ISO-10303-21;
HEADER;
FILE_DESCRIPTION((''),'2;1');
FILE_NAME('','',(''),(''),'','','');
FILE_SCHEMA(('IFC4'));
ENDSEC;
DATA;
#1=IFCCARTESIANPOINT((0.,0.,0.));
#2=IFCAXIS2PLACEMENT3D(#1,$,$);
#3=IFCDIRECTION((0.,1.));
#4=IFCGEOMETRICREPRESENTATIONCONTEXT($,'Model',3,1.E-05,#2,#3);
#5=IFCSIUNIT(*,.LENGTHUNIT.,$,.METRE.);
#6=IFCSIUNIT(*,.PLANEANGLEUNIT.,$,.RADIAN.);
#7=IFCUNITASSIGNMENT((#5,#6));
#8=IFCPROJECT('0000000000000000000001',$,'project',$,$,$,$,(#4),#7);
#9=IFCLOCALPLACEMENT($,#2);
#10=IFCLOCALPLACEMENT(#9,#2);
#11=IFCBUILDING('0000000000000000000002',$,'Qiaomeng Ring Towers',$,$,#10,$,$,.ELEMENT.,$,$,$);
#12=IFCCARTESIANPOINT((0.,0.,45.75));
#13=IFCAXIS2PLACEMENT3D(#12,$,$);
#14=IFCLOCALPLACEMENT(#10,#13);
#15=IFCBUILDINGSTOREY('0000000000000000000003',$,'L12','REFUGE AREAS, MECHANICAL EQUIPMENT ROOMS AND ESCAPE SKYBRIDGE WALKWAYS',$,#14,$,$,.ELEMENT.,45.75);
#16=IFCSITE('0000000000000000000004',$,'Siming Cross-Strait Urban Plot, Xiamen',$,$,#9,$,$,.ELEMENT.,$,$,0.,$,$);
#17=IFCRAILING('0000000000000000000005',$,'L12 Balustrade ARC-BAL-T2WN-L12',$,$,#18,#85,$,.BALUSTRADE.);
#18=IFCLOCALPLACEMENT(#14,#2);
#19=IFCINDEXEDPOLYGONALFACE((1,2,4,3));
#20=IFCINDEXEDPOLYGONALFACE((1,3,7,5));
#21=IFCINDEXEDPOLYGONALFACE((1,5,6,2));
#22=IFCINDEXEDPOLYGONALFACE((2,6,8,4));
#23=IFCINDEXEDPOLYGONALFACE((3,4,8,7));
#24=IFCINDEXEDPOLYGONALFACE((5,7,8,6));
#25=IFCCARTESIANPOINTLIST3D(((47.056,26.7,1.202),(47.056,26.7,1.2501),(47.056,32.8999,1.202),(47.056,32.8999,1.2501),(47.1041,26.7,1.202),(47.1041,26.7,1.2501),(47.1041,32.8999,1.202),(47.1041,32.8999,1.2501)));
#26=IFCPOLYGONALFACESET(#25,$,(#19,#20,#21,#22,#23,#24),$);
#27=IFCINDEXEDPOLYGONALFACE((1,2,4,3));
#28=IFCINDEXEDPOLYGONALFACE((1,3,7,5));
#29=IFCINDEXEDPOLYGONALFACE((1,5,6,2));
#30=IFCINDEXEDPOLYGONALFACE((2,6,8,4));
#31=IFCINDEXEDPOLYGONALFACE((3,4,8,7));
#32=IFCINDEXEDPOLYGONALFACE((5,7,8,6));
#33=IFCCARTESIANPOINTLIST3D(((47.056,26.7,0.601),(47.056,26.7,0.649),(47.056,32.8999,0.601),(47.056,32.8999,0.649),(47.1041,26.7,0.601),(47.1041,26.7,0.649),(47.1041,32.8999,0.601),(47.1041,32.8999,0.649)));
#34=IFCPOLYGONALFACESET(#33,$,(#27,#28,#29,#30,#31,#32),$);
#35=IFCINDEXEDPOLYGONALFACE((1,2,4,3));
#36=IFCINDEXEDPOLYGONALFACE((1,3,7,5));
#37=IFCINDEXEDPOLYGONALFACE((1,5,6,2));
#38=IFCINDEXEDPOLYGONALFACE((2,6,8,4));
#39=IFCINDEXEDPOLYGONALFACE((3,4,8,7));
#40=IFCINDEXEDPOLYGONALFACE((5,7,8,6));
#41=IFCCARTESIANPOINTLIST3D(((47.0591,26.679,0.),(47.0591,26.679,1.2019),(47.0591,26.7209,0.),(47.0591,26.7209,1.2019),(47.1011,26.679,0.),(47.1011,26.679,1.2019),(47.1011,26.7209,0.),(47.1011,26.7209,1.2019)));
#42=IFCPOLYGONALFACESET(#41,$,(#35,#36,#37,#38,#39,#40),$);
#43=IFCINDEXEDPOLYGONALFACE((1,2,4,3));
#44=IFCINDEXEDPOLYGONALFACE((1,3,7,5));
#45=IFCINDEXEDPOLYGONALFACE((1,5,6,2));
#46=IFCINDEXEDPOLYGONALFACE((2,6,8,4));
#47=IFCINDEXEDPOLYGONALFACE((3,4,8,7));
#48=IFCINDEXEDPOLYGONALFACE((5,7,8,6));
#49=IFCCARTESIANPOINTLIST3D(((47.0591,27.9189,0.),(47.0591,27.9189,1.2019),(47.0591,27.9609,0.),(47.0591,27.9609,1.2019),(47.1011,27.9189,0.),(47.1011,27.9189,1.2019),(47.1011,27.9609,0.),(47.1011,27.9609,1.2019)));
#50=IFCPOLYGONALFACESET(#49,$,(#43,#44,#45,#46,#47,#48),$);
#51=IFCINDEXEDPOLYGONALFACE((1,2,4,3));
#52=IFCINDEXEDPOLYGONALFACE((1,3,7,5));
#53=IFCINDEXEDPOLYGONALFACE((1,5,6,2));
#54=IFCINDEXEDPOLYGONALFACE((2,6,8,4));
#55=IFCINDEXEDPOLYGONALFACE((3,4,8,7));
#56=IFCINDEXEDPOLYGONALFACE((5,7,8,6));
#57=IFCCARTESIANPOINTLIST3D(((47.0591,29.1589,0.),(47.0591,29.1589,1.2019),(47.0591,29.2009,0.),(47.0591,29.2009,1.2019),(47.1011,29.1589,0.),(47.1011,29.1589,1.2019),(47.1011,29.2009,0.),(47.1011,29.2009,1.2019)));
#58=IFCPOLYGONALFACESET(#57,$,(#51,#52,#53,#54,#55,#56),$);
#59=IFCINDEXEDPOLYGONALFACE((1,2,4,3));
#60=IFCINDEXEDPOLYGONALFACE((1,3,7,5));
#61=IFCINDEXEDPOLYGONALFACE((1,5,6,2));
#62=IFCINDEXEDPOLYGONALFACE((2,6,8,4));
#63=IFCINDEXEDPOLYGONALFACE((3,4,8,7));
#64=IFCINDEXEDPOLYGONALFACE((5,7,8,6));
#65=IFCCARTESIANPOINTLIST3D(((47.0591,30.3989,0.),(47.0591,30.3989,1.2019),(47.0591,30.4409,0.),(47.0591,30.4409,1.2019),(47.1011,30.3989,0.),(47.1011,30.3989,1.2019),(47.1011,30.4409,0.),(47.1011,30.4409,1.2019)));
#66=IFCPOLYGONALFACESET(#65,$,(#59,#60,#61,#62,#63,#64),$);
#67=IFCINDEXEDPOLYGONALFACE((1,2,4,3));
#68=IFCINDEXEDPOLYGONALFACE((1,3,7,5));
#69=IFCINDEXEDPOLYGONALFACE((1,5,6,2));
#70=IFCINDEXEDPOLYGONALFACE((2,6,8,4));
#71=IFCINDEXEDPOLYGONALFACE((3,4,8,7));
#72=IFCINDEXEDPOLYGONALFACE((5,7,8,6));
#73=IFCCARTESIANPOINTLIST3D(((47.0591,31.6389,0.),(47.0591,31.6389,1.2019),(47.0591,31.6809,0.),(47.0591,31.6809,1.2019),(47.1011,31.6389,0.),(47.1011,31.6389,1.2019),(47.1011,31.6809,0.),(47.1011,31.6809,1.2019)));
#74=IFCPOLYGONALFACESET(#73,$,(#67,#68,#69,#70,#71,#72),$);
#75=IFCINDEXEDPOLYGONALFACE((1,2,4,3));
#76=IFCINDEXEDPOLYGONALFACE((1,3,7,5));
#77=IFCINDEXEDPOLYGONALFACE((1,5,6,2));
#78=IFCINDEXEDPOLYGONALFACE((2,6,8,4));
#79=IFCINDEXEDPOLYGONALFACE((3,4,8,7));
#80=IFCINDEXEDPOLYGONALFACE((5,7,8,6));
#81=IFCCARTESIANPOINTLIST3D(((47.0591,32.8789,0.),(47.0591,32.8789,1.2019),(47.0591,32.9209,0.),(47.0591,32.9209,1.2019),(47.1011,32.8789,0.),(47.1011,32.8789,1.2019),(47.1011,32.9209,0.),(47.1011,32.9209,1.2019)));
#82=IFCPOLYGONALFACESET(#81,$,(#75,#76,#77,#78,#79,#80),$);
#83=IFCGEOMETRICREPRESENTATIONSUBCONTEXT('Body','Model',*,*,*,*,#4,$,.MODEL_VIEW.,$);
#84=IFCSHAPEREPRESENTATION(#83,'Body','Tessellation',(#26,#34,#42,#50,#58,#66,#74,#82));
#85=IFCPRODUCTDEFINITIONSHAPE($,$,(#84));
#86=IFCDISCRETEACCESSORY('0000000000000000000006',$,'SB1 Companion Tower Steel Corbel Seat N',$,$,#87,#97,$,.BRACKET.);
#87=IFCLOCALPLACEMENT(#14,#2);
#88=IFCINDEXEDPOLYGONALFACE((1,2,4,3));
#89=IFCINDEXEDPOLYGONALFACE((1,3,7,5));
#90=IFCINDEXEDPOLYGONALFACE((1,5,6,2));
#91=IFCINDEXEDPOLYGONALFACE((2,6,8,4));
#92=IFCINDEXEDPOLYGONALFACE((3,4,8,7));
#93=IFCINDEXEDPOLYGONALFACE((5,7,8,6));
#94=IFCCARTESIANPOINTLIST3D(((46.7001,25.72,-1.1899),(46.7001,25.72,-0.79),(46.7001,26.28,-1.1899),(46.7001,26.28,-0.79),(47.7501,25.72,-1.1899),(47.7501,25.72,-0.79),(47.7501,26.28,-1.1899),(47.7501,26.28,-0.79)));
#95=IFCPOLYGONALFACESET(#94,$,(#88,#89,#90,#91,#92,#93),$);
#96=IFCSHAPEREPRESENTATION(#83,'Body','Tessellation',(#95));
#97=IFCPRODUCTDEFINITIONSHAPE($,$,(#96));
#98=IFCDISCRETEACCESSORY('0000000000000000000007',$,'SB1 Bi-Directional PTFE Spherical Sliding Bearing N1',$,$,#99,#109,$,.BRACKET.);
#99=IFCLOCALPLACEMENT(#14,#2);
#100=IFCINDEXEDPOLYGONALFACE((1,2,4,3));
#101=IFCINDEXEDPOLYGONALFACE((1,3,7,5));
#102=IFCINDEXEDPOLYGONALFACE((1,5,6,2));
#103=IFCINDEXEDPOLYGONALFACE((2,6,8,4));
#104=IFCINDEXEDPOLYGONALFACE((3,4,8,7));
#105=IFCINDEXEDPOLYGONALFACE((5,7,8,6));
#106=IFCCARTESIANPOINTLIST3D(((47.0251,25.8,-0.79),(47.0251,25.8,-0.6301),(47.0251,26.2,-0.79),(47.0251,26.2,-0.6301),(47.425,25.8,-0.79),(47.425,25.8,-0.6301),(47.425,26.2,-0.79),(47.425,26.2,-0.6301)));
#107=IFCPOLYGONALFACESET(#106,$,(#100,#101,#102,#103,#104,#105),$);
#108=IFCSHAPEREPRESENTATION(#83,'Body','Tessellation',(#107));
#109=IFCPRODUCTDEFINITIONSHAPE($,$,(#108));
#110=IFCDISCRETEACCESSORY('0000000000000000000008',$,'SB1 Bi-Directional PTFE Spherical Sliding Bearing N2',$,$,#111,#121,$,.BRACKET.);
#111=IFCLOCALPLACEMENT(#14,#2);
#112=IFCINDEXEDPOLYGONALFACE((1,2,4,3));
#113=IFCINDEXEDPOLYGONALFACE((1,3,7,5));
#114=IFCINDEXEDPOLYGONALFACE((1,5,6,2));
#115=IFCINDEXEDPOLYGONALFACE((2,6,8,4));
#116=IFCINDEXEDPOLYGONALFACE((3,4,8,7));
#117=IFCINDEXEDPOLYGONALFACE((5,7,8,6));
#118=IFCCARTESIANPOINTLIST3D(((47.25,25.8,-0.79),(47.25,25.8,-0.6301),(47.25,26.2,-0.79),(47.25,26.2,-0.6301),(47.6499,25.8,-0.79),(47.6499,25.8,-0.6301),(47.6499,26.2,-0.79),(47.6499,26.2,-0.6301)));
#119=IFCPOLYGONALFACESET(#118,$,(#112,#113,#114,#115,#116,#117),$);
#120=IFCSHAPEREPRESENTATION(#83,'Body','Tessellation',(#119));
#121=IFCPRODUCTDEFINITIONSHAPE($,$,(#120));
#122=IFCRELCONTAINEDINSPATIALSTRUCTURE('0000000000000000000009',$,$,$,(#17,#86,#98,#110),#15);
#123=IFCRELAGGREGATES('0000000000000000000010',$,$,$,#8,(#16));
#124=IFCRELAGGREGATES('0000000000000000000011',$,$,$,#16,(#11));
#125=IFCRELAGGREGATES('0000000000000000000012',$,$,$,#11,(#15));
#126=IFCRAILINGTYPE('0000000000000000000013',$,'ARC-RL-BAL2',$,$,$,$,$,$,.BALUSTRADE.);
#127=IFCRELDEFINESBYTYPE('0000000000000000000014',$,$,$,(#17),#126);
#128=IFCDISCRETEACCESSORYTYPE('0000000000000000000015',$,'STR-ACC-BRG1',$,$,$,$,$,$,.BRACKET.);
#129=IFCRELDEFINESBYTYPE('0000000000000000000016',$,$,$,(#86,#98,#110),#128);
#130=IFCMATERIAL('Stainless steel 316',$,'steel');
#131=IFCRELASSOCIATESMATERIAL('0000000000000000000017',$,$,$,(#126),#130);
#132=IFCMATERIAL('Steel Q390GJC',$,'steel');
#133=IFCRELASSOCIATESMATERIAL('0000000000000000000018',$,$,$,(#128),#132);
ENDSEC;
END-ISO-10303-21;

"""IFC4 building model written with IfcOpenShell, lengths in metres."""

from ifc_helpers import new_model, si_unit, direction, frame, origin, origin_2d, place, context, subcontext, project, spatial, rectangle, extrude, source, transform, mapped, material, type_object, element, save


model = new_model("IFC4")

# Units and contexts
model_context = context("Model", 3, precision=1e-05, world=origin(), true_north=direction((0.0, 1.0)))
body_context = subcontext(model_context, "Body", "Model", "MODEL_VIEW")
ifc_project = project(units=[si_unit("LENGTHUNIT", "METRE"), si_unit("PLANEANGLEUNIT", "RADIAN")], contexts=[model_context])

# Site, building, storey
site_placement = place(None, origin())
site = spatial("IfcSite", under=ifc_project, at=site_placement, Name="Siming Cross-Strait Urban Plot, Xiamen", CompositionType="ELEMENT", RefElevation=0.0)
building_placement = place(site_placement, origin())
building = spatial("IfcBuilding", under=site, at=building_placement, Name="Qiaomeng Ring Towers", CompositionType="ELEMENT")
storey_placement = place(building_placement, frame((0.0, 0.0, 45.75)))
storey = spatial("IfcBuildingStorey", under=building, at=storey_placement, Name="L12", Description="REFUGE AREAS, MECHANICAL EQUIPMENT ROOMS AND ESCAPE SKYBRIDGE WALKWAYS", CompositionType="ELEMENT", Elevation=45.75)

# Shared definitions
ifc_material_1 = material(Name="Steel Q390GJC", Category="steel")

# Railing
ifc_material_2 = material(Name="Stainless steel 316", Category="steel")
railing_type_1 = type_object("IfcRailingType", Name="ARC-RL-BAL2", PredefinedType="BALUSTRADE", material=ifc_material_2)
railing_1_placement = place(storey_placement, frame((47.0801, 26.7, 0.0)))
element("IfcRailing", 1, at=railing_1_placement, inside=storey, type_object=railing_type_1, Name="L12 Balustrade ARC-BAL-T2WN-L12", PredefinedType="BALUSTRADE", context=body_context, shape_type="SweptSolid", body=[
    extrude(rectangle(XDim=0.0481, YDim=0.0481, at=origin_2d()), frame((0.0, 0.0, 1.2261), z_axis=(0.0, 1.0, 0.0), x_axis=(-1.0, 0.0, 0.0)), (0.0, 0.0, 1.0), 6.2),
    extrude(rectangle(XDim=0.0481, YDim=0.0481, at=origin_2d()), frame((0.0, 0.0, 0.625), z_axis=(0.0, 1.0, 0.0), x_axis=(-1.0, 0.0, 0.0)), (0.0, 0.0, 1.0), 6.2),
    extrude(rectangle(XDim=0.042, YDim=0.042, at=origin_2d()), origin(), (0.0, 0.0, 1.0), 1.2019),
    extrude(rectangle(XDim=0.042, YDim=0.042, at=origin_2d()), frame((0.0, 1.24, 0.0)), (0.0, 0.0, 1.0), 1.2019),
    extrude(rectangle(XDim=0.042, YDim=0.042, at=origin_2d()), frame((0.0, 2.48, 0.0)), (0.0, 0.0, 1.0), 1.2019),
    extrude(rectangle(XDim=0.042, YDim=0.042, at=origin_2d()), frame((0.0, 3.72, 0.0)), (0.0, 0.0, 1.0), 1.2019),
    extrude(rectangle(XDim=0.042, YDim=0.042, at=origin_2d()), frame((0.0, 4.96, 0.0)), (0.0, 0.0, 1.0), 1.2019),
    extrude(rectangle(XDim=0.042, YDim=0.042, at=origin_2d()), frame((0.0, 6.2, 0.0)), (0.0, 0.0, 1.0), 1.2019),
])

# Discrete accessories
discrete_accessory_type = type_object("IfcDiscreteAccessoryType", Name="STR-ACC-BRG1", PredefinedType="BRACKET", material=ifc_material_1)
shared_shape_1 = source(origin(), body_context, "Body", "SweptSolid", [
    extrude(rectangle(XDim=1.05, YDim=0.5601, at=origin_2d()), origin(), (0.0, 0.0, 1.0), 0.3999),
])
discrete_accessory_placement = place(storey_placement, frame((47.2251, 26.0, -1.1899), z_axis=(0.0, 0.0, 1.0), x_axis=(1.0, 0.0, 0.0)))
element("IfcDiscreteAccessory", 2, at=discrete_accessory_placement, inside=storey, type_object=discrete_accessory_type, Name="SB1 Companion Tower Steel Corbel Seat N", PredefinedType="BRACKET", context=body_context, shape_type="MappedRepresentation", body=[
    mapped(shared_shape_1, transform((0.0, 0.0, 0.0), x_axis=(1.0, 0.0, 0.0), y_axis=(0.0, 1.0, 0.0), z_axis=(0.0, 0.0, 1.0), scale=1.0)),
])
shared_shape_2 = source(origin(), body_context, "Body", "SweptSolid", [
    extrude(rectangle(XDim=0.3999, YDim=0.3999, at=origin_2d()), origin(), (0.0, 0.0, 1.0), 0.1599),
])
for number, where, z_axis, x_axis, name in (
    (3, (47.2251, 26.0, -0.79), (0.0, 0.0, 1.0), (1.0, 0.0, 0.0), "SB1 Bi-Directional PTFE Spherical Sliding Bearing N1"),
    (4, (47.45, 26.0, -0.79), (0.0, 0.0, 1.0), (1.0, 0.0, 0.0), "SB1 Bi-Directional PTFE Spherical Sliding Bearing N2"),
):
    element("IfcDiscreteAccessory", number, at=place(storey_placement, frame(where, z_axis=z_axis, x_axis=x_axis)), inside=storey, type_object=discrete_accessory_type, Name=name, PredefinedType="BRACKET", context=body_context, shape_type="MappedRepresentation", body=[
        mapped(shared_shape_2, transform((0.0, 0.0, 0.0), x_axis=(1.0, 0.0, 0.0), y_axis=(0.0, 1.0, 0.0), z_axis=(0.0, 0.0, 1.0), scale=1.0)),
    ])

save(model, "model.ifc")
